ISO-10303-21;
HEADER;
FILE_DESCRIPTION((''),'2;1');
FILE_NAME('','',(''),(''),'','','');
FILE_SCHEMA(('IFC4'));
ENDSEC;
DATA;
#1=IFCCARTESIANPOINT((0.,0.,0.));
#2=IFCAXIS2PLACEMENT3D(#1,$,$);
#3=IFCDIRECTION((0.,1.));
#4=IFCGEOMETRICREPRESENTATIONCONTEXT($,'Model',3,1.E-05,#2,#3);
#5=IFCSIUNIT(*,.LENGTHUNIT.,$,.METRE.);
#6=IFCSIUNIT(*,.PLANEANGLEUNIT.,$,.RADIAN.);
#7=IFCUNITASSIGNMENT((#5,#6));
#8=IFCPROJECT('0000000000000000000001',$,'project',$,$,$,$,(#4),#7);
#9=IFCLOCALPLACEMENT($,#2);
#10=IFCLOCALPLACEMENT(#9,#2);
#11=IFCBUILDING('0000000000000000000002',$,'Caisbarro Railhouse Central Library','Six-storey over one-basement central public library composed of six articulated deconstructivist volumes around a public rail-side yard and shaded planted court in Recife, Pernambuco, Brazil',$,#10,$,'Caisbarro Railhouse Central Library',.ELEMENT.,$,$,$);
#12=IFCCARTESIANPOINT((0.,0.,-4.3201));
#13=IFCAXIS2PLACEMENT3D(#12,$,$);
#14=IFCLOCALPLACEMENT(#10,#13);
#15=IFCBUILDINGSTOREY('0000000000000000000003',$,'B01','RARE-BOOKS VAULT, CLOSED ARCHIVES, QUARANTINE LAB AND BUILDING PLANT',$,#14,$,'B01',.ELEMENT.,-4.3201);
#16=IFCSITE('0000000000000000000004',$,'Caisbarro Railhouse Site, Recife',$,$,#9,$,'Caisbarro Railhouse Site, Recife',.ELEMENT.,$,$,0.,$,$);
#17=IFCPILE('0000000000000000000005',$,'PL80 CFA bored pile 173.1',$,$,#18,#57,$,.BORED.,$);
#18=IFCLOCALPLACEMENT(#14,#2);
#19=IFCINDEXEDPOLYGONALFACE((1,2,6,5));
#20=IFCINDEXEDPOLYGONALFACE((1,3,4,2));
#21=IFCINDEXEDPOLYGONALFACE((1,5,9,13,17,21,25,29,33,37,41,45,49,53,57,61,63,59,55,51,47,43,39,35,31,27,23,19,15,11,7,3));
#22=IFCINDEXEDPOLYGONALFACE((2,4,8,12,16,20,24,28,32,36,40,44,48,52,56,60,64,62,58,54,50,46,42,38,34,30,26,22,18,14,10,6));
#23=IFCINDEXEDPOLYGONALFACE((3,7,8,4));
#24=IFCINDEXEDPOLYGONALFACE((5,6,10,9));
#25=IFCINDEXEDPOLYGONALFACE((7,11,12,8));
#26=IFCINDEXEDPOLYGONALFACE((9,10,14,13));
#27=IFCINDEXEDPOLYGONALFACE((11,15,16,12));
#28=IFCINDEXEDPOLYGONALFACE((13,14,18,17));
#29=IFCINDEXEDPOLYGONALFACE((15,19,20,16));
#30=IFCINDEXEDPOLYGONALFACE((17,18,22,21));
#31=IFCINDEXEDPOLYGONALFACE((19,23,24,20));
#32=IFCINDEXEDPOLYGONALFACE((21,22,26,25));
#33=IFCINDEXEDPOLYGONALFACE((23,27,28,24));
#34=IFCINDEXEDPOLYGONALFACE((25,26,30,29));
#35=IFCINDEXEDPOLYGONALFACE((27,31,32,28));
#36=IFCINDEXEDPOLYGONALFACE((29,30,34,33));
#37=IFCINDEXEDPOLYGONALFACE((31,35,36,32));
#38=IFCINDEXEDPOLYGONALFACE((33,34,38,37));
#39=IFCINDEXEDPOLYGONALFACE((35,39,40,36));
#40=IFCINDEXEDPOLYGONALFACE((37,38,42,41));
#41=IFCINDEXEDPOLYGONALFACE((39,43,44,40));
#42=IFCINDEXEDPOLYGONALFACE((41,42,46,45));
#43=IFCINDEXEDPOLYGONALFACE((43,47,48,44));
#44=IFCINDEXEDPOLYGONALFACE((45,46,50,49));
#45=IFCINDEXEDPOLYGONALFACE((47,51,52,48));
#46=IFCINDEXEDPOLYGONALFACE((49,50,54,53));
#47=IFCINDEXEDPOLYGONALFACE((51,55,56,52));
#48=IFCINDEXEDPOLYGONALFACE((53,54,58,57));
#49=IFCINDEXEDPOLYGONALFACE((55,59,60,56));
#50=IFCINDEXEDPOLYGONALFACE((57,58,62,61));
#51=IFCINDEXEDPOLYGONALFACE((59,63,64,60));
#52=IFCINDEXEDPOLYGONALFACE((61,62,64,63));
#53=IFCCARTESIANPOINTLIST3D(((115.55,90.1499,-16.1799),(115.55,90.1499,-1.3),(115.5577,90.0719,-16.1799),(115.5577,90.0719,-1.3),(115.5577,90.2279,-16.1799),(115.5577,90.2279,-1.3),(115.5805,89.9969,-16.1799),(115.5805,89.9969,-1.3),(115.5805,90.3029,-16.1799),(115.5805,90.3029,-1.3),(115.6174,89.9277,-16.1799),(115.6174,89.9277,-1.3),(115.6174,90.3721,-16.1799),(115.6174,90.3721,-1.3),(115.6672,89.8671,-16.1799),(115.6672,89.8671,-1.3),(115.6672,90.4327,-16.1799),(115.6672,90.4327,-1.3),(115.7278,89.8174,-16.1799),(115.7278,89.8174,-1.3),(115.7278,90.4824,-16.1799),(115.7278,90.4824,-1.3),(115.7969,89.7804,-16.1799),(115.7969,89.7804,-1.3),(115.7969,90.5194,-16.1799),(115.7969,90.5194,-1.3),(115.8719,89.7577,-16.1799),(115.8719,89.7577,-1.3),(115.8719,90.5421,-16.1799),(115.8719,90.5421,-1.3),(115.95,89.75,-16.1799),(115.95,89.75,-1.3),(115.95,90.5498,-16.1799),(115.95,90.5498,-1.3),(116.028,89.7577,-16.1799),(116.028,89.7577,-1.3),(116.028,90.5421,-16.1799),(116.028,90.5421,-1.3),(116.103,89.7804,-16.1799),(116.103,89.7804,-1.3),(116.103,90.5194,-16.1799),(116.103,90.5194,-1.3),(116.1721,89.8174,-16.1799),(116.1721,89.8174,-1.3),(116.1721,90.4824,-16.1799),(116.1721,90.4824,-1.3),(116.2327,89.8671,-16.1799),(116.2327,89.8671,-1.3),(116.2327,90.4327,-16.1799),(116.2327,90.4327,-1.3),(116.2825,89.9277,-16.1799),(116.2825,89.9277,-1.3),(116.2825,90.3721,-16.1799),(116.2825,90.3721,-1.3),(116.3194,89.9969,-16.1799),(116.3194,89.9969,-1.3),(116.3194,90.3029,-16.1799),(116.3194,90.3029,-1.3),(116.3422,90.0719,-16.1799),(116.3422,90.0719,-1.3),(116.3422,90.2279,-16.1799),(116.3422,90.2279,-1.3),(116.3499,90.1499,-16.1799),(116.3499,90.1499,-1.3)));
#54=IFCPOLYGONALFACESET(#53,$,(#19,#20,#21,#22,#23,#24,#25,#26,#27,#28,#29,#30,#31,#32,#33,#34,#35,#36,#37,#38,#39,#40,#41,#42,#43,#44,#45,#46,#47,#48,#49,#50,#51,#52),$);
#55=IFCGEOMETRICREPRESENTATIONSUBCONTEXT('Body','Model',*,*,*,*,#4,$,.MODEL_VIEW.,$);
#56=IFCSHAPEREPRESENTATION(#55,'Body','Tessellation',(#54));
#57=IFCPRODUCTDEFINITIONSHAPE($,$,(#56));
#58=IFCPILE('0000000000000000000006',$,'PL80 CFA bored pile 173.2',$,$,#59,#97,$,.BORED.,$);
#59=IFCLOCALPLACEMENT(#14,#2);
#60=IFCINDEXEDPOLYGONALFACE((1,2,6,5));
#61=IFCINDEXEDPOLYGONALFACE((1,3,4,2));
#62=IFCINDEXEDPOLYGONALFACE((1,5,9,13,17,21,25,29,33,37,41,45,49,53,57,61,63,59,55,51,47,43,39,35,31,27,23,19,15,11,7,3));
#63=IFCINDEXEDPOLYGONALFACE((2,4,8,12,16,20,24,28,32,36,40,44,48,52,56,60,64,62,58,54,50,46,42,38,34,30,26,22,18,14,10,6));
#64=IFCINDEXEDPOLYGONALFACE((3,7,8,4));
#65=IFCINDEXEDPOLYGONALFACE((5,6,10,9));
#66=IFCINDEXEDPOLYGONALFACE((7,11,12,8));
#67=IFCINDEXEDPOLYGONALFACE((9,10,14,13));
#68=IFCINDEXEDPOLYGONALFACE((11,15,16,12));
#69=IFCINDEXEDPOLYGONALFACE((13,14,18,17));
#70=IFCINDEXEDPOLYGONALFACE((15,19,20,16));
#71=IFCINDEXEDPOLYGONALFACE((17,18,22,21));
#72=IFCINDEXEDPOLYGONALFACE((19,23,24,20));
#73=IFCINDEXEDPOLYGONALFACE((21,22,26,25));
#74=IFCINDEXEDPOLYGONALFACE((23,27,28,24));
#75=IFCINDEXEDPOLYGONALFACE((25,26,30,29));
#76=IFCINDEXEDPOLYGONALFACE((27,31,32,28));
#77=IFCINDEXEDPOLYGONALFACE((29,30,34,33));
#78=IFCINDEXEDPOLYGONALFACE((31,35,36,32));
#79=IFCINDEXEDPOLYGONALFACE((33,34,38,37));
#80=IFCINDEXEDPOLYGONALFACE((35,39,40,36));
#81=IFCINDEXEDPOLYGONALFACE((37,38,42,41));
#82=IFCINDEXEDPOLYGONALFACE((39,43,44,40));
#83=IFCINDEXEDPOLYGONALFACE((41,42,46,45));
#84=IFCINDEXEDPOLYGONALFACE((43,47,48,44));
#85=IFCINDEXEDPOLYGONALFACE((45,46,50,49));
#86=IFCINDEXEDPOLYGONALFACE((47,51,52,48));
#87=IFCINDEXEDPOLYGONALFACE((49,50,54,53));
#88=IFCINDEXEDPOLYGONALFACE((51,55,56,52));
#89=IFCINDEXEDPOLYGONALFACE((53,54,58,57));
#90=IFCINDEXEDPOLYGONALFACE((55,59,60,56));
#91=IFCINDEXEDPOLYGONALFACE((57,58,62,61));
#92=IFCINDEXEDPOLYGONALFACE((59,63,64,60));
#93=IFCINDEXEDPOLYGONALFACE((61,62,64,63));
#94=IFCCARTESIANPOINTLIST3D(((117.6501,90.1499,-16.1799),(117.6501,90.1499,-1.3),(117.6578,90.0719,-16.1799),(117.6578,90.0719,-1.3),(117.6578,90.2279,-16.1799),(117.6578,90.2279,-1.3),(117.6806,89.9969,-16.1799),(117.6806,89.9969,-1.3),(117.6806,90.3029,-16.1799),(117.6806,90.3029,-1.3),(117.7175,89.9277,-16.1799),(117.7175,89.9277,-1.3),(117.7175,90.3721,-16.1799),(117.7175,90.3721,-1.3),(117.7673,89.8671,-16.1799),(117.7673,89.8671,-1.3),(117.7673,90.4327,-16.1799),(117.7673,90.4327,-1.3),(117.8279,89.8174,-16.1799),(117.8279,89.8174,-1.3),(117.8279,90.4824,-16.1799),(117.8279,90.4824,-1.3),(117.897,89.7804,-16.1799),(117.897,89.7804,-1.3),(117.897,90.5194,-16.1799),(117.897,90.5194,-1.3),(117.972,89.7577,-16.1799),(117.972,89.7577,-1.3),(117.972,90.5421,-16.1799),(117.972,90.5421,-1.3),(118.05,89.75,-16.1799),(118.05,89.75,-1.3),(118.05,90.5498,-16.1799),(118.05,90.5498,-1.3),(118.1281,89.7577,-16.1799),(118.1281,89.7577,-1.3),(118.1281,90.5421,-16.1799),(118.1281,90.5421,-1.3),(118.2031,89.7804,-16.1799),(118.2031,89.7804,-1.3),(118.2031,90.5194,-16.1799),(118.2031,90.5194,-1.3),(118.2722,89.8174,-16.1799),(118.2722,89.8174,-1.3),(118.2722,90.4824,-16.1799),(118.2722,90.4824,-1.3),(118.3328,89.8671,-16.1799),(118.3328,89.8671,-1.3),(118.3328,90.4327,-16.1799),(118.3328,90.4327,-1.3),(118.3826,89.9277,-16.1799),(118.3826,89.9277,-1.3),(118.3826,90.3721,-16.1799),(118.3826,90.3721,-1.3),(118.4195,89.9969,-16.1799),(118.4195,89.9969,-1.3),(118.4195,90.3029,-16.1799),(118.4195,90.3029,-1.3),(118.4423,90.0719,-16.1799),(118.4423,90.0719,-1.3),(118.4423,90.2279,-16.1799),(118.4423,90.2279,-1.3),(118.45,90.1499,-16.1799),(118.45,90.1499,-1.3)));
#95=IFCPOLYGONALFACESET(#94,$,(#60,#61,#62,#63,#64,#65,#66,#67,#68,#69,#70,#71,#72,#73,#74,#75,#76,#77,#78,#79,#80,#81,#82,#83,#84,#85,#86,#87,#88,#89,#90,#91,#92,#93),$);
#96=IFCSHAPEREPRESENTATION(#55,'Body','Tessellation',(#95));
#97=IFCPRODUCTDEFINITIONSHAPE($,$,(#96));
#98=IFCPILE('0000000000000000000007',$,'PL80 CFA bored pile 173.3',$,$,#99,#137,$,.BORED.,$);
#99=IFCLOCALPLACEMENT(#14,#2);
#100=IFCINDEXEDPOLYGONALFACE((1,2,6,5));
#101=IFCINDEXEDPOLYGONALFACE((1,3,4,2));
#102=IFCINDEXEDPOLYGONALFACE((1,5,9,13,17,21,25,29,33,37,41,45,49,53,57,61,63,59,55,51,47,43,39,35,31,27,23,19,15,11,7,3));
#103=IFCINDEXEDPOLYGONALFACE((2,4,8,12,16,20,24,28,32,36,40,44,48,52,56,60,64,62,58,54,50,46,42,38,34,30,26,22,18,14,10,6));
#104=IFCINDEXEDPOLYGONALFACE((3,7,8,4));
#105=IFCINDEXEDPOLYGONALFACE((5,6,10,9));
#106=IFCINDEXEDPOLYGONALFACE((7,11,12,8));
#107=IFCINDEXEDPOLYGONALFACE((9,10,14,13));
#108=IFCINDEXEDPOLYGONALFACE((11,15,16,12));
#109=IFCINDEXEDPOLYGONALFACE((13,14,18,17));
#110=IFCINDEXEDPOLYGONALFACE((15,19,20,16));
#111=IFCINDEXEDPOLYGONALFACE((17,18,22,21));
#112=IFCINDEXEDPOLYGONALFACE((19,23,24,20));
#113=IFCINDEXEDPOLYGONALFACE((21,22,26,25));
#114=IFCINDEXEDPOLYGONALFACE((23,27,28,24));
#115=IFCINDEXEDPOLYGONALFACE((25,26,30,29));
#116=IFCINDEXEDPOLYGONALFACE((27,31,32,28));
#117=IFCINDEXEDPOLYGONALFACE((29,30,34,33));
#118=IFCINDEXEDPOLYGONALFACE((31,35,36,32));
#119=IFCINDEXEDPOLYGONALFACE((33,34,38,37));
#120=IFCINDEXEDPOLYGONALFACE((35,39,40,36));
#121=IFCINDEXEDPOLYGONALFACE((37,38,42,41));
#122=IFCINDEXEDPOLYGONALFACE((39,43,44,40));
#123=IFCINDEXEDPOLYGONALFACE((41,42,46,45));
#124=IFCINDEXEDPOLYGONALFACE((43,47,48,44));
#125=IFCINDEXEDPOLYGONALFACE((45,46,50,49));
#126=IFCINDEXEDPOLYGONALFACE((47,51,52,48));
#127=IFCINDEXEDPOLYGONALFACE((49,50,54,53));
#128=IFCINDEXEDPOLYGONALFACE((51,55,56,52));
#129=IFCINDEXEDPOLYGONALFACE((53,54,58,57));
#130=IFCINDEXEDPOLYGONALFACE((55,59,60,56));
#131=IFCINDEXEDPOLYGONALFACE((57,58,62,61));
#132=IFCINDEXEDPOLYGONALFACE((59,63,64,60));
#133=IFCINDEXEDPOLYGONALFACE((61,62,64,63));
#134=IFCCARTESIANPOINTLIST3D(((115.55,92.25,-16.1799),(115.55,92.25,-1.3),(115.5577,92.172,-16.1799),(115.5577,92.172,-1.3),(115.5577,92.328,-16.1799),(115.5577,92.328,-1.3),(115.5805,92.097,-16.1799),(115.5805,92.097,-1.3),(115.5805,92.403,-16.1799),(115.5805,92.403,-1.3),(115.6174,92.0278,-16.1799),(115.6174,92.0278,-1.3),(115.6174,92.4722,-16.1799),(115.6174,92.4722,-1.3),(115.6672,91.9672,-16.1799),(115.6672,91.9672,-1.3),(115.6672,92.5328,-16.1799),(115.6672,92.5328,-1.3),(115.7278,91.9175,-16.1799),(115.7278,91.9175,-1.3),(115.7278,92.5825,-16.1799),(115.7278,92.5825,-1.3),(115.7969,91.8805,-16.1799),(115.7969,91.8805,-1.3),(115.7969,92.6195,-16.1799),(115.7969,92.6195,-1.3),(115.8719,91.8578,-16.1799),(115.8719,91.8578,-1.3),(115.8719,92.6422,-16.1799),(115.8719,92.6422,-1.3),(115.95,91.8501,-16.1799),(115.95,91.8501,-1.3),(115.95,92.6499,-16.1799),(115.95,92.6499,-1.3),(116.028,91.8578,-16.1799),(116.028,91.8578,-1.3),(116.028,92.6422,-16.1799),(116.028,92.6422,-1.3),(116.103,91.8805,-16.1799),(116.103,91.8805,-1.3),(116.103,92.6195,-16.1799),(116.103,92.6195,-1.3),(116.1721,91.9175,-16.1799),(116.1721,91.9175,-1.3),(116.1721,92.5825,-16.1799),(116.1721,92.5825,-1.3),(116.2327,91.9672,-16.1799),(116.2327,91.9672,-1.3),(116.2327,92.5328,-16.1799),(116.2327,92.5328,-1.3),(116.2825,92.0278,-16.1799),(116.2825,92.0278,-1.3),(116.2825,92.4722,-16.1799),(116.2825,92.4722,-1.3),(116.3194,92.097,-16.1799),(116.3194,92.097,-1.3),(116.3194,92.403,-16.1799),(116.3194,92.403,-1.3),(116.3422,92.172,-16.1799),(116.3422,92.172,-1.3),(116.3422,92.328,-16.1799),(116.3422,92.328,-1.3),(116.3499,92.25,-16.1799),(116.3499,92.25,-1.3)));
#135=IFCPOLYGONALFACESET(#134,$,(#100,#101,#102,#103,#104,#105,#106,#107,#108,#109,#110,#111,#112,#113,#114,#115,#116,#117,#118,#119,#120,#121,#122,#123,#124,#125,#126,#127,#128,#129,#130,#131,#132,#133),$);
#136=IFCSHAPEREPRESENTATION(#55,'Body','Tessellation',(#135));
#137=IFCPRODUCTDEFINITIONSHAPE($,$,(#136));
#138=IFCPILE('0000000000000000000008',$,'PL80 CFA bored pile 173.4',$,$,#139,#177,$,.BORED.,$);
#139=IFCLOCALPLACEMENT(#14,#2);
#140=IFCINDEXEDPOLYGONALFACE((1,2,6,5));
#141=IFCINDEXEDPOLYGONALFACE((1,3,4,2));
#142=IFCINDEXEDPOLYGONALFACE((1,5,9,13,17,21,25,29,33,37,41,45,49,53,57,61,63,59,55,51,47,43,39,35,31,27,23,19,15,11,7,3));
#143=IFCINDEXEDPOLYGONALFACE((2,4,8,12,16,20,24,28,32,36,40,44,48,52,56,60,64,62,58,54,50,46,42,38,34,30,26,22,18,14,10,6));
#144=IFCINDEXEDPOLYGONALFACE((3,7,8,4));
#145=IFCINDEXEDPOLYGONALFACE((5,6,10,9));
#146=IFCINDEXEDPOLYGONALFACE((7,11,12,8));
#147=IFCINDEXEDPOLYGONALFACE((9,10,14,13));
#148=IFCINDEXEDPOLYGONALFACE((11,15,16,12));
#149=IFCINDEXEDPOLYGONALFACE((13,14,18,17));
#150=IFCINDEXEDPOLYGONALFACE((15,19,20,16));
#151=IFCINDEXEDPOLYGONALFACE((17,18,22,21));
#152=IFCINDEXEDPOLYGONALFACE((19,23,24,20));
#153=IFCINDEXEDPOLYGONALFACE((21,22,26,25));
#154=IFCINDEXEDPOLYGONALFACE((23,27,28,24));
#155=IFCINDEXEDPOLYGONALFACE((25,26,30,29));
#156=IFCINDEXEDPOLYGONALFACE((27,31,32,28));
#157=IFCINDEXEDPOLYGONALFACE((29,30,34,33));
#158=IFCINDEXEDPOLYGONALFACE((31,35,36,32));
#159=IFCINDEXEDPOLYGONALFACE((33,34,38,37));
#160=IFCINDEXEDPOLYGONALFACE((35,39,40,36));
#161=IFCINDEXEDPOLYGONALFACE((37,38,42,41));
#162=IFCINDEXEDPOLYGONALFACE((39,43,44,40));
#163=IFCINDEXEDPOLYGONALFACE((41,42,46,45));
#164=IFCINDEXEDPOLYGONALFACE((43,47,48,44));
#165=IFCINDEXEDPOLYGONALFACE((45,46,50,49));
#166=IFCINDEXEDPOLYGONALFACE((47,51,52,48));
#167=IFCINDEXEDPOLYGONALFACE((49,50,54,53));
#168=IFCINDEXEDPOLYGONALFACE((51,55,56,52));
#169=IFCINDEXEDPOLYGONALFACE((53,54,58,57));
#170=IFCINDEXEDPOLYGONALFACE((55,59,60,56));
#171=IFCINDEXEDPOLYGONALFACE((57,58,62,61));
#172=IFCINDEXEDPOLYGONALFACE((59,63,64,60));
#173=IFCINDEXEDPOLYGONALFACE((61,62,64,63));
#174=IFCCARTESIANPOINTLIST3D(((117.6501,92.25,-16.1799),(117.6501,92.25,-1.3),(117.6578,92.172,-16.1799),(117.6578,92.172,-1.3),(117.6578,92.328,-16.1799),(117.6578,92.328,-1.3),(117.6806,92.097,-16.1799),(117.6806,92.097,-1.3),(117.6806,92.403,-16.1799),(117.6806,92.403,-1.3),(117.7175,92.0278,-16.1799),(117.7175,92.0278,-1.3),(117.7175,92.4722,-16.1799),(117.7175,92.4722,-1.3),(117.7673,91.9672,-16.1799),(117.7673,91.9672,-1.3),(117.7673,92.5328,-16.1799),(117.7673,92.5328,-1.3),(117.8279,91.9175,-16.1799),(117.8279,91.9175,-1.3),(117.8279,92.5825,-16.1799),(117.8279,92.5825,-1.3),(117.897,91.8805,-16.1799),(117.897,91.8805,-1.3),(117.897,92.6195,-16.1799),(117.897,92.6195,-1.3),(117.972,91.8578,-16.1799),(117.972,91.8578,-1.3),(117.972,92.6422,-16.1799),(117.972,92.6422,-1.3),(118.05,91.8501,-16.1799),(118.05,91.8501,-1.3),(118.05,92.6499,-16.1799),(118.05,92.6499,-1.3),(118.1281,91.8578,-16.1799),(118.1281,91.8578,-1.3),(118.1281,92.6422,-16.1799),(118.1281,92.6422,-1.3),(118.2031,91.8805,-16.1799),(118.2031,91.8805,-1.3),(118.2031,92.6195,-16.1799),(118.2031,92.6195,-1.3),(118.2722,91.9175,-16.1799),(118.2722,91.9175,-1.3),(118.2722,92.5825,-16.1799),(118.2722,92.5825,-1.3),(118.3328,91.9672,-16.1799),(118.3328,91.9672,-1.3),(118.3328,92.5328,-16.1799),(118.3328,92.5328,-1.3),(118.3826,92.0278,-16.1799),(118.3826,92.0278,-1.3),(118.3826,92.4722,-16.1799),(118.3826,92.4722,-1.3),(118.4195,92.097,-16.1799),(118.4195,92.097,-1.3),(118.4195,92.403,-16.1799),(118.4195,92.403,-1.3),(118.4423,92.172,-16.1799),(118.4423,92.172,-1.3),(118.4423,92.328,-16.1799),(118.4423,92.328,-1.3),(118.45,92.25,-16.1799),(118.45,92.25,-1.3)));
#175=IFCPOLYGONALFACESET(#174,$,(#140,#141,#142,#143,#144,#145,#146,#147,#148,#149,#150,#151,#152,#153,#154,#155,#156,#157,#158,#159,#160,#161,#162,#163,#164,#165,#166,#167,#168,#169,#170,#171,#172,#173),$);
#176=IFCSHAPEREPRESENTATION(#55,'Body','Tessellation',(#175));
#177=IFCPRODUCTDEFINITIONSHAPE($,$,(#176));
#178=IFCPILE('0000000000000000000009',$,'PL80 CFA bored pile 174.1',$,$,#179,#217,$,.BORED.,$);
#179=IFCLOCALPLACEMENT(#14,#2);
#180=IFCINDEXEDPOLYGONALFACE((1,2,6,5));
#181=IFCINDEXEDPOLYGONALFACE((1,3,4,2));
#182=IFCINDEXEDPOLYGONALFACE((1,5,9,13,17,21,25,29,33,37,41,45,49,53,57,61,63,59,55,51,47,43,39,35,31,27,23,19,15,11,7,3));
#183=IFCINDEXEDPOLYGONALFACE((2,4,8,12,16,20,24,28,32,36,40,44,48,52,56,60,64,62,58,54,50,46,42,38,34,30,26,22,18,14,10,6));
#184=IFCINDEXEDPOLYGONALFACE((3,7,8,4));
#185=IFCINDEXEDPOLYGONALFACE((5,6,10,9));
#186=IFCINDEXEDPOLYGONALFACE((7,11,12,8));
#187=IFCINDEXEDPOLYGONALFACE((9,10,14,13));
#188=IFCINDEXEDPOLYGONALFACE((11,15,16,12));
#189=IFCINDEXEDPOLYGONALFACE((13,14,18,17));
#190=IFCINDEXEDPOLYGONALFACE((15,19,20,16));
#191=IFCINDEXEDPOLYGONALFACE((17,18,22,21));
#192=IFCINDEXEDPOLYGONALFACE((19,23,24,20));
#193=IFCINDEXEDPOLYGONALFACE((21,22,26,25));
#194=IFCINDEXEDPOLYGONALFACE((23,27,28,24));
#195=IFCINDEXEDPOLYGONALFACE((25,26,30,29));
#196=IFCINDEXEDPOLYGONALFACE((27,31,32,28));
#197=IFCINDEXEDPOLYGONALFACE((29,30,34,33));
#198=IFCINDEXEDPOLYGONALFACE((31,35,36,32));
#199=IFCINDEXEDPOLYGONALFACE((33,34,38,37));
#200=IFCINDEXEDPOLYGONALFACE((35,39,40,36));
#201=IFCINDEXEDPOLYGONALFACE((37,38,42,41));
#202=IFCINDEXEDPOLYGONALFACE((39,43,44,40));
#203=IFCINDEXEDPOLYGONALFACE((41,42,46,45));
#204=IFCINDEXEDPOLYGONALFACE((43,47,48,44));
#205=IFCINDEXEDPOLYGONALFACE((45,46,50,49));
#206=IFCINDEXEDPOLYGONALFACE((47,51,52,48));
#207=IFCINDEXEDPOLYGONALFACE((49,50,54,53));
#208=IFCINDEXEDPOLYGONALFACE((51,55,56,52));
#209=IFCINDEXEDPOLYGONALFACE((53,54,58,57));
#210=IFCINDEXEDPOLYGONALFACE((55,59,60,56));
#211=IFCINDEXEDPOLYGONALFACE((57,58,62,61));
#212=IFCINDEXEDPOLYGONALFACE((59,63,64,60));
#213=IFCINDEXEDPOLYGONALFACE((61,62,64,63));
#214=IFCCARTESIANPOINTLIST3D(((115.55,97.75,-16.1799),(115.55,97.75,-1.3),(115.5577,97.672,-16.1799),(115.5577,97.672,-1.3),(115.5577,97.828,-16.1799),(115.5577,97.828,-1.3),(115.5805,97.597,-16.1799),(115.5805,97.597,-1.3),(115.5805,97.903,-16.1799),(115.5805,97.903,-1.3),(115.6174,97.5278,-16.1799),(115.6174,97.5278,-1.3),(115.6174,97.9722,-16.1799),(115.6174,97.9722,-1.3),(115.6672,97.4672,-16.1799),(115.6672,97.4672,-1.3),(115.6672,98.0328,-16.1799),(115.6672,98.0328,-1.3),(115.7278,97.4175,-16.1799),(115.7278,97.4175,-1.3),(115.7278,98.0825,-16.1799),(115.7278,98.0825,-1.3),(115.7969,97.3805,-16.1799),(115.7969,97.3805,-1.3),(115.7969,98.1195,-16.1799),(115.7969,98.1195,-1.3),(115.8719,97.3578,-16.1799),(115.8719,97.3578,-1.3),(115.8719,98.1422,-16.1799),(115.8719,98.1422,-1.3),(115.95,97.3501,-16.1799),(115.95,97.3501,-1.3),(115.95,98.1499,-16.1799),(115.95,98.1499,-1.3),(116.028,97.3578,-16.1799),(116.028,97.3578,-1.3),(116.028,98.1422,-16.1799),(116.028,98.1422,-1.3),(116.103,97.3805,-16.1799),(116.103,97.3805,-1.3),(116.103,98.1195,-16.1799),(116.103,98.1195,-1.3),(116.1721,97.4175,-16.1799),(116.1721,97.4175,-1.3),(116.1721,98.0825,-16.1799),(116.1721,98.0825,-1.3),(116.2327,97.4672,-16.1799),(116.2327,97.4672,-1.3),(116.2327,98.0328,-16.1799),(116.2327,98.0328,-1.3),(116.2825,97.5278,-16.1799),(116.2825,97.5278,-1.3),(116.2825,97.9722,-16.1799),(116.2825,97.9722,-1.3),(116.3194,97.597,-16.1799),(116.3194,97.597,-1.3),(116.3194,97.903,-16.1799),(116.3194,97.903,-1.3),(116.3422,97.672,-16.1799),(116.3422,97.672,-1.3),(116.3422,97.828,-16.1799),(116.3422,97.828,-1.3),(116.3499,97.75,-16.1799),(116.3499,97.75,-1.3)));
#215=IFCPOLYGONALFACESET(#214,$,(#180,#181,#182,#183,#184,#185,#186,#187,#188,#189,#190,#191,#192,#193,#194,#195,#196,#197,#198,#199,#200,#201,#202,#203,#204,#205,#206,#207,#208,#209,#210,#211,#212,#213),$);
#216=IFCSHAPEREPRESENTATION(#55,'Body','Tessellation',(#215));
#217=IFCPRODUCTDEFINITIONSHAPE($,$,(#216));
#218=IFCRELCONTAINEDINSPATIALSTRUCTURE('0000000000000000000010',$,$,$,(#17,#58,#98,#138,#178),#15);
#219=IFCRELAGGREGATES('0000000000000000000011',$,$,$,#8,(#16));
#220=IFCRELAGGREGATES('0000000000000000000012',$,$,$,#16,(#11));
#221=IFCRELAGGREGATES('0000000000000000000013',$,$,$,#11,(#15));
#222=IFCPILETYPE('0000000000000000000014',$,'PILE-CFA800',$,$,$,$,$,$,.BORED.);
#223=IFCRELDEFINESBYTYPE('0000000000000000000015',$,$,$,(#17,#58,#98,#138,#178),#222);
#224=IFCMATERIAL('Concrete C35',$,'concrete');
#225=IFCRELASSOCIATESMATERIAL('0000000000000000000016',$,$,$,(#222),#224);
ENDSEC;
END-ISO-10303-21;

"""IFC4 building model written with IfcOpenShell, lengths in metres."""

from ifc_helpers import new_model, si_unit, direction, frame, origin, origin_2d, place, context, subcontext, project, spatial, circle, extrude, material, material_profile, profile_set, type_object, element, save


model = new_model("IFC4")

# Units and contexts
model_context = context("Model", 3, precision=1e-05, world=origin(), true_north=direction((0.0, 1.0)))
body_context = subcontext(model_context, "Body", "Model", "MODEL_VIEW")
ifc_project = project(units=[si_unit("LENGTHUNIT", "METRE"), si_unit("PLANEANGLEUNIT", "RADIAN")], contexts=[model_context])

# Site, building, storey
site_placement = place(None, origin())
site = spatial("IfcSite", under=ifc_project, at=site_placement, Name="Caisbarro Railhouse Site, Recife", LongName="Caisbarro Railhouse Site, Recife", CompositionType="ELEMENT", RefElevation=0.0)
building_placement = place(site_placement, origin())
building = spatial("IfcBuilding", under=site, at=building_placement, Name="Caisbarro Railhouse Central Library", Description="Six-storey over one-basement central public library composed of six articulated deconstructivist volumes around a public rail-side yard and shaded planted court in Recife, Pernambuco, Brazil", LongName="Caisbarro Railhouse Central Library", CompositionType="ELEMENT")
storey_placement = place(building_placement, frame((0.0, 0.0, -4.3201)))
storey = spatial("IfcBuildingStorey", under=building, at=storey_placement, Name="B01", Description="RARE-BOOKS VAULT, CLOSED ARCHIVES, QUARANTINE LAB AND BUILDING PLANT", LongName="B01", CompositionType="ELEMENT", Elevation=-4.3201)

# Shared definitions
ifc_material_1 = material(Name="Concrete C35", Category="concrete")

# Piles
ifc_material_profile_1 = material_profile(ifc_material_1, circle(Radius=0.3999, at=origin_2d()), Name="PILE-CFA-800")
ifc_profile_set_1 = profile_set([ifc_material_profile_1], Name="Concrete C35")
pile_type_1 = type_object("IfcPileType", Name="PILE-CFA800", PredefinedType="BORED", material=ifc_profile_set_1)
for number, where, z_axis, x_axis, name in (
    (1, (115.95, 90.1499, -1.3), (0.0, 0.0, -1.0), (1.0, 0.0, 0.0), "PL80 CFA bored pile 173.1"),
    (2, (118.05, 90.1499, -1.3), (0.0, 0.0, -1.0), (1.0, 0.0, 0.0), "PL80 CFA bored pile 173.2"),
    (3, (115.95, 92.25, -1.3), (0.0, 0.0, -1.0), (1.0, 0.0, 0.0), "PL80 CFA bored pile 173.3"),
    (4, (118.05, 92.25, -1.3), (0.0, 0.0, -1.0), (1.0, 0.0, 0.0), "PL80 CFA bored pile 173.4"),
    (5, (115.95, 97.75, -1.3), (0.0, 0.0, -1.0), (1.0, 0.0, 0.0), "PL80 CFA bored pile 174.1"),
):
    element("IfcPile", number, at=place(storey_placement, frame(where, z_axis=z_axis, x_axis=x_axis)), inside=storey, type_object=pile_type_1, Name=name, PredefinedType="BORED", context=body_context, shape_type="SweptSolid", body=[
        extrude(circle(Radius=0.3999, at=origin_2d()), origin(), (0.0, 0.0, 1.0), 14.8799),
    ])

save(model, "model.ifc")
